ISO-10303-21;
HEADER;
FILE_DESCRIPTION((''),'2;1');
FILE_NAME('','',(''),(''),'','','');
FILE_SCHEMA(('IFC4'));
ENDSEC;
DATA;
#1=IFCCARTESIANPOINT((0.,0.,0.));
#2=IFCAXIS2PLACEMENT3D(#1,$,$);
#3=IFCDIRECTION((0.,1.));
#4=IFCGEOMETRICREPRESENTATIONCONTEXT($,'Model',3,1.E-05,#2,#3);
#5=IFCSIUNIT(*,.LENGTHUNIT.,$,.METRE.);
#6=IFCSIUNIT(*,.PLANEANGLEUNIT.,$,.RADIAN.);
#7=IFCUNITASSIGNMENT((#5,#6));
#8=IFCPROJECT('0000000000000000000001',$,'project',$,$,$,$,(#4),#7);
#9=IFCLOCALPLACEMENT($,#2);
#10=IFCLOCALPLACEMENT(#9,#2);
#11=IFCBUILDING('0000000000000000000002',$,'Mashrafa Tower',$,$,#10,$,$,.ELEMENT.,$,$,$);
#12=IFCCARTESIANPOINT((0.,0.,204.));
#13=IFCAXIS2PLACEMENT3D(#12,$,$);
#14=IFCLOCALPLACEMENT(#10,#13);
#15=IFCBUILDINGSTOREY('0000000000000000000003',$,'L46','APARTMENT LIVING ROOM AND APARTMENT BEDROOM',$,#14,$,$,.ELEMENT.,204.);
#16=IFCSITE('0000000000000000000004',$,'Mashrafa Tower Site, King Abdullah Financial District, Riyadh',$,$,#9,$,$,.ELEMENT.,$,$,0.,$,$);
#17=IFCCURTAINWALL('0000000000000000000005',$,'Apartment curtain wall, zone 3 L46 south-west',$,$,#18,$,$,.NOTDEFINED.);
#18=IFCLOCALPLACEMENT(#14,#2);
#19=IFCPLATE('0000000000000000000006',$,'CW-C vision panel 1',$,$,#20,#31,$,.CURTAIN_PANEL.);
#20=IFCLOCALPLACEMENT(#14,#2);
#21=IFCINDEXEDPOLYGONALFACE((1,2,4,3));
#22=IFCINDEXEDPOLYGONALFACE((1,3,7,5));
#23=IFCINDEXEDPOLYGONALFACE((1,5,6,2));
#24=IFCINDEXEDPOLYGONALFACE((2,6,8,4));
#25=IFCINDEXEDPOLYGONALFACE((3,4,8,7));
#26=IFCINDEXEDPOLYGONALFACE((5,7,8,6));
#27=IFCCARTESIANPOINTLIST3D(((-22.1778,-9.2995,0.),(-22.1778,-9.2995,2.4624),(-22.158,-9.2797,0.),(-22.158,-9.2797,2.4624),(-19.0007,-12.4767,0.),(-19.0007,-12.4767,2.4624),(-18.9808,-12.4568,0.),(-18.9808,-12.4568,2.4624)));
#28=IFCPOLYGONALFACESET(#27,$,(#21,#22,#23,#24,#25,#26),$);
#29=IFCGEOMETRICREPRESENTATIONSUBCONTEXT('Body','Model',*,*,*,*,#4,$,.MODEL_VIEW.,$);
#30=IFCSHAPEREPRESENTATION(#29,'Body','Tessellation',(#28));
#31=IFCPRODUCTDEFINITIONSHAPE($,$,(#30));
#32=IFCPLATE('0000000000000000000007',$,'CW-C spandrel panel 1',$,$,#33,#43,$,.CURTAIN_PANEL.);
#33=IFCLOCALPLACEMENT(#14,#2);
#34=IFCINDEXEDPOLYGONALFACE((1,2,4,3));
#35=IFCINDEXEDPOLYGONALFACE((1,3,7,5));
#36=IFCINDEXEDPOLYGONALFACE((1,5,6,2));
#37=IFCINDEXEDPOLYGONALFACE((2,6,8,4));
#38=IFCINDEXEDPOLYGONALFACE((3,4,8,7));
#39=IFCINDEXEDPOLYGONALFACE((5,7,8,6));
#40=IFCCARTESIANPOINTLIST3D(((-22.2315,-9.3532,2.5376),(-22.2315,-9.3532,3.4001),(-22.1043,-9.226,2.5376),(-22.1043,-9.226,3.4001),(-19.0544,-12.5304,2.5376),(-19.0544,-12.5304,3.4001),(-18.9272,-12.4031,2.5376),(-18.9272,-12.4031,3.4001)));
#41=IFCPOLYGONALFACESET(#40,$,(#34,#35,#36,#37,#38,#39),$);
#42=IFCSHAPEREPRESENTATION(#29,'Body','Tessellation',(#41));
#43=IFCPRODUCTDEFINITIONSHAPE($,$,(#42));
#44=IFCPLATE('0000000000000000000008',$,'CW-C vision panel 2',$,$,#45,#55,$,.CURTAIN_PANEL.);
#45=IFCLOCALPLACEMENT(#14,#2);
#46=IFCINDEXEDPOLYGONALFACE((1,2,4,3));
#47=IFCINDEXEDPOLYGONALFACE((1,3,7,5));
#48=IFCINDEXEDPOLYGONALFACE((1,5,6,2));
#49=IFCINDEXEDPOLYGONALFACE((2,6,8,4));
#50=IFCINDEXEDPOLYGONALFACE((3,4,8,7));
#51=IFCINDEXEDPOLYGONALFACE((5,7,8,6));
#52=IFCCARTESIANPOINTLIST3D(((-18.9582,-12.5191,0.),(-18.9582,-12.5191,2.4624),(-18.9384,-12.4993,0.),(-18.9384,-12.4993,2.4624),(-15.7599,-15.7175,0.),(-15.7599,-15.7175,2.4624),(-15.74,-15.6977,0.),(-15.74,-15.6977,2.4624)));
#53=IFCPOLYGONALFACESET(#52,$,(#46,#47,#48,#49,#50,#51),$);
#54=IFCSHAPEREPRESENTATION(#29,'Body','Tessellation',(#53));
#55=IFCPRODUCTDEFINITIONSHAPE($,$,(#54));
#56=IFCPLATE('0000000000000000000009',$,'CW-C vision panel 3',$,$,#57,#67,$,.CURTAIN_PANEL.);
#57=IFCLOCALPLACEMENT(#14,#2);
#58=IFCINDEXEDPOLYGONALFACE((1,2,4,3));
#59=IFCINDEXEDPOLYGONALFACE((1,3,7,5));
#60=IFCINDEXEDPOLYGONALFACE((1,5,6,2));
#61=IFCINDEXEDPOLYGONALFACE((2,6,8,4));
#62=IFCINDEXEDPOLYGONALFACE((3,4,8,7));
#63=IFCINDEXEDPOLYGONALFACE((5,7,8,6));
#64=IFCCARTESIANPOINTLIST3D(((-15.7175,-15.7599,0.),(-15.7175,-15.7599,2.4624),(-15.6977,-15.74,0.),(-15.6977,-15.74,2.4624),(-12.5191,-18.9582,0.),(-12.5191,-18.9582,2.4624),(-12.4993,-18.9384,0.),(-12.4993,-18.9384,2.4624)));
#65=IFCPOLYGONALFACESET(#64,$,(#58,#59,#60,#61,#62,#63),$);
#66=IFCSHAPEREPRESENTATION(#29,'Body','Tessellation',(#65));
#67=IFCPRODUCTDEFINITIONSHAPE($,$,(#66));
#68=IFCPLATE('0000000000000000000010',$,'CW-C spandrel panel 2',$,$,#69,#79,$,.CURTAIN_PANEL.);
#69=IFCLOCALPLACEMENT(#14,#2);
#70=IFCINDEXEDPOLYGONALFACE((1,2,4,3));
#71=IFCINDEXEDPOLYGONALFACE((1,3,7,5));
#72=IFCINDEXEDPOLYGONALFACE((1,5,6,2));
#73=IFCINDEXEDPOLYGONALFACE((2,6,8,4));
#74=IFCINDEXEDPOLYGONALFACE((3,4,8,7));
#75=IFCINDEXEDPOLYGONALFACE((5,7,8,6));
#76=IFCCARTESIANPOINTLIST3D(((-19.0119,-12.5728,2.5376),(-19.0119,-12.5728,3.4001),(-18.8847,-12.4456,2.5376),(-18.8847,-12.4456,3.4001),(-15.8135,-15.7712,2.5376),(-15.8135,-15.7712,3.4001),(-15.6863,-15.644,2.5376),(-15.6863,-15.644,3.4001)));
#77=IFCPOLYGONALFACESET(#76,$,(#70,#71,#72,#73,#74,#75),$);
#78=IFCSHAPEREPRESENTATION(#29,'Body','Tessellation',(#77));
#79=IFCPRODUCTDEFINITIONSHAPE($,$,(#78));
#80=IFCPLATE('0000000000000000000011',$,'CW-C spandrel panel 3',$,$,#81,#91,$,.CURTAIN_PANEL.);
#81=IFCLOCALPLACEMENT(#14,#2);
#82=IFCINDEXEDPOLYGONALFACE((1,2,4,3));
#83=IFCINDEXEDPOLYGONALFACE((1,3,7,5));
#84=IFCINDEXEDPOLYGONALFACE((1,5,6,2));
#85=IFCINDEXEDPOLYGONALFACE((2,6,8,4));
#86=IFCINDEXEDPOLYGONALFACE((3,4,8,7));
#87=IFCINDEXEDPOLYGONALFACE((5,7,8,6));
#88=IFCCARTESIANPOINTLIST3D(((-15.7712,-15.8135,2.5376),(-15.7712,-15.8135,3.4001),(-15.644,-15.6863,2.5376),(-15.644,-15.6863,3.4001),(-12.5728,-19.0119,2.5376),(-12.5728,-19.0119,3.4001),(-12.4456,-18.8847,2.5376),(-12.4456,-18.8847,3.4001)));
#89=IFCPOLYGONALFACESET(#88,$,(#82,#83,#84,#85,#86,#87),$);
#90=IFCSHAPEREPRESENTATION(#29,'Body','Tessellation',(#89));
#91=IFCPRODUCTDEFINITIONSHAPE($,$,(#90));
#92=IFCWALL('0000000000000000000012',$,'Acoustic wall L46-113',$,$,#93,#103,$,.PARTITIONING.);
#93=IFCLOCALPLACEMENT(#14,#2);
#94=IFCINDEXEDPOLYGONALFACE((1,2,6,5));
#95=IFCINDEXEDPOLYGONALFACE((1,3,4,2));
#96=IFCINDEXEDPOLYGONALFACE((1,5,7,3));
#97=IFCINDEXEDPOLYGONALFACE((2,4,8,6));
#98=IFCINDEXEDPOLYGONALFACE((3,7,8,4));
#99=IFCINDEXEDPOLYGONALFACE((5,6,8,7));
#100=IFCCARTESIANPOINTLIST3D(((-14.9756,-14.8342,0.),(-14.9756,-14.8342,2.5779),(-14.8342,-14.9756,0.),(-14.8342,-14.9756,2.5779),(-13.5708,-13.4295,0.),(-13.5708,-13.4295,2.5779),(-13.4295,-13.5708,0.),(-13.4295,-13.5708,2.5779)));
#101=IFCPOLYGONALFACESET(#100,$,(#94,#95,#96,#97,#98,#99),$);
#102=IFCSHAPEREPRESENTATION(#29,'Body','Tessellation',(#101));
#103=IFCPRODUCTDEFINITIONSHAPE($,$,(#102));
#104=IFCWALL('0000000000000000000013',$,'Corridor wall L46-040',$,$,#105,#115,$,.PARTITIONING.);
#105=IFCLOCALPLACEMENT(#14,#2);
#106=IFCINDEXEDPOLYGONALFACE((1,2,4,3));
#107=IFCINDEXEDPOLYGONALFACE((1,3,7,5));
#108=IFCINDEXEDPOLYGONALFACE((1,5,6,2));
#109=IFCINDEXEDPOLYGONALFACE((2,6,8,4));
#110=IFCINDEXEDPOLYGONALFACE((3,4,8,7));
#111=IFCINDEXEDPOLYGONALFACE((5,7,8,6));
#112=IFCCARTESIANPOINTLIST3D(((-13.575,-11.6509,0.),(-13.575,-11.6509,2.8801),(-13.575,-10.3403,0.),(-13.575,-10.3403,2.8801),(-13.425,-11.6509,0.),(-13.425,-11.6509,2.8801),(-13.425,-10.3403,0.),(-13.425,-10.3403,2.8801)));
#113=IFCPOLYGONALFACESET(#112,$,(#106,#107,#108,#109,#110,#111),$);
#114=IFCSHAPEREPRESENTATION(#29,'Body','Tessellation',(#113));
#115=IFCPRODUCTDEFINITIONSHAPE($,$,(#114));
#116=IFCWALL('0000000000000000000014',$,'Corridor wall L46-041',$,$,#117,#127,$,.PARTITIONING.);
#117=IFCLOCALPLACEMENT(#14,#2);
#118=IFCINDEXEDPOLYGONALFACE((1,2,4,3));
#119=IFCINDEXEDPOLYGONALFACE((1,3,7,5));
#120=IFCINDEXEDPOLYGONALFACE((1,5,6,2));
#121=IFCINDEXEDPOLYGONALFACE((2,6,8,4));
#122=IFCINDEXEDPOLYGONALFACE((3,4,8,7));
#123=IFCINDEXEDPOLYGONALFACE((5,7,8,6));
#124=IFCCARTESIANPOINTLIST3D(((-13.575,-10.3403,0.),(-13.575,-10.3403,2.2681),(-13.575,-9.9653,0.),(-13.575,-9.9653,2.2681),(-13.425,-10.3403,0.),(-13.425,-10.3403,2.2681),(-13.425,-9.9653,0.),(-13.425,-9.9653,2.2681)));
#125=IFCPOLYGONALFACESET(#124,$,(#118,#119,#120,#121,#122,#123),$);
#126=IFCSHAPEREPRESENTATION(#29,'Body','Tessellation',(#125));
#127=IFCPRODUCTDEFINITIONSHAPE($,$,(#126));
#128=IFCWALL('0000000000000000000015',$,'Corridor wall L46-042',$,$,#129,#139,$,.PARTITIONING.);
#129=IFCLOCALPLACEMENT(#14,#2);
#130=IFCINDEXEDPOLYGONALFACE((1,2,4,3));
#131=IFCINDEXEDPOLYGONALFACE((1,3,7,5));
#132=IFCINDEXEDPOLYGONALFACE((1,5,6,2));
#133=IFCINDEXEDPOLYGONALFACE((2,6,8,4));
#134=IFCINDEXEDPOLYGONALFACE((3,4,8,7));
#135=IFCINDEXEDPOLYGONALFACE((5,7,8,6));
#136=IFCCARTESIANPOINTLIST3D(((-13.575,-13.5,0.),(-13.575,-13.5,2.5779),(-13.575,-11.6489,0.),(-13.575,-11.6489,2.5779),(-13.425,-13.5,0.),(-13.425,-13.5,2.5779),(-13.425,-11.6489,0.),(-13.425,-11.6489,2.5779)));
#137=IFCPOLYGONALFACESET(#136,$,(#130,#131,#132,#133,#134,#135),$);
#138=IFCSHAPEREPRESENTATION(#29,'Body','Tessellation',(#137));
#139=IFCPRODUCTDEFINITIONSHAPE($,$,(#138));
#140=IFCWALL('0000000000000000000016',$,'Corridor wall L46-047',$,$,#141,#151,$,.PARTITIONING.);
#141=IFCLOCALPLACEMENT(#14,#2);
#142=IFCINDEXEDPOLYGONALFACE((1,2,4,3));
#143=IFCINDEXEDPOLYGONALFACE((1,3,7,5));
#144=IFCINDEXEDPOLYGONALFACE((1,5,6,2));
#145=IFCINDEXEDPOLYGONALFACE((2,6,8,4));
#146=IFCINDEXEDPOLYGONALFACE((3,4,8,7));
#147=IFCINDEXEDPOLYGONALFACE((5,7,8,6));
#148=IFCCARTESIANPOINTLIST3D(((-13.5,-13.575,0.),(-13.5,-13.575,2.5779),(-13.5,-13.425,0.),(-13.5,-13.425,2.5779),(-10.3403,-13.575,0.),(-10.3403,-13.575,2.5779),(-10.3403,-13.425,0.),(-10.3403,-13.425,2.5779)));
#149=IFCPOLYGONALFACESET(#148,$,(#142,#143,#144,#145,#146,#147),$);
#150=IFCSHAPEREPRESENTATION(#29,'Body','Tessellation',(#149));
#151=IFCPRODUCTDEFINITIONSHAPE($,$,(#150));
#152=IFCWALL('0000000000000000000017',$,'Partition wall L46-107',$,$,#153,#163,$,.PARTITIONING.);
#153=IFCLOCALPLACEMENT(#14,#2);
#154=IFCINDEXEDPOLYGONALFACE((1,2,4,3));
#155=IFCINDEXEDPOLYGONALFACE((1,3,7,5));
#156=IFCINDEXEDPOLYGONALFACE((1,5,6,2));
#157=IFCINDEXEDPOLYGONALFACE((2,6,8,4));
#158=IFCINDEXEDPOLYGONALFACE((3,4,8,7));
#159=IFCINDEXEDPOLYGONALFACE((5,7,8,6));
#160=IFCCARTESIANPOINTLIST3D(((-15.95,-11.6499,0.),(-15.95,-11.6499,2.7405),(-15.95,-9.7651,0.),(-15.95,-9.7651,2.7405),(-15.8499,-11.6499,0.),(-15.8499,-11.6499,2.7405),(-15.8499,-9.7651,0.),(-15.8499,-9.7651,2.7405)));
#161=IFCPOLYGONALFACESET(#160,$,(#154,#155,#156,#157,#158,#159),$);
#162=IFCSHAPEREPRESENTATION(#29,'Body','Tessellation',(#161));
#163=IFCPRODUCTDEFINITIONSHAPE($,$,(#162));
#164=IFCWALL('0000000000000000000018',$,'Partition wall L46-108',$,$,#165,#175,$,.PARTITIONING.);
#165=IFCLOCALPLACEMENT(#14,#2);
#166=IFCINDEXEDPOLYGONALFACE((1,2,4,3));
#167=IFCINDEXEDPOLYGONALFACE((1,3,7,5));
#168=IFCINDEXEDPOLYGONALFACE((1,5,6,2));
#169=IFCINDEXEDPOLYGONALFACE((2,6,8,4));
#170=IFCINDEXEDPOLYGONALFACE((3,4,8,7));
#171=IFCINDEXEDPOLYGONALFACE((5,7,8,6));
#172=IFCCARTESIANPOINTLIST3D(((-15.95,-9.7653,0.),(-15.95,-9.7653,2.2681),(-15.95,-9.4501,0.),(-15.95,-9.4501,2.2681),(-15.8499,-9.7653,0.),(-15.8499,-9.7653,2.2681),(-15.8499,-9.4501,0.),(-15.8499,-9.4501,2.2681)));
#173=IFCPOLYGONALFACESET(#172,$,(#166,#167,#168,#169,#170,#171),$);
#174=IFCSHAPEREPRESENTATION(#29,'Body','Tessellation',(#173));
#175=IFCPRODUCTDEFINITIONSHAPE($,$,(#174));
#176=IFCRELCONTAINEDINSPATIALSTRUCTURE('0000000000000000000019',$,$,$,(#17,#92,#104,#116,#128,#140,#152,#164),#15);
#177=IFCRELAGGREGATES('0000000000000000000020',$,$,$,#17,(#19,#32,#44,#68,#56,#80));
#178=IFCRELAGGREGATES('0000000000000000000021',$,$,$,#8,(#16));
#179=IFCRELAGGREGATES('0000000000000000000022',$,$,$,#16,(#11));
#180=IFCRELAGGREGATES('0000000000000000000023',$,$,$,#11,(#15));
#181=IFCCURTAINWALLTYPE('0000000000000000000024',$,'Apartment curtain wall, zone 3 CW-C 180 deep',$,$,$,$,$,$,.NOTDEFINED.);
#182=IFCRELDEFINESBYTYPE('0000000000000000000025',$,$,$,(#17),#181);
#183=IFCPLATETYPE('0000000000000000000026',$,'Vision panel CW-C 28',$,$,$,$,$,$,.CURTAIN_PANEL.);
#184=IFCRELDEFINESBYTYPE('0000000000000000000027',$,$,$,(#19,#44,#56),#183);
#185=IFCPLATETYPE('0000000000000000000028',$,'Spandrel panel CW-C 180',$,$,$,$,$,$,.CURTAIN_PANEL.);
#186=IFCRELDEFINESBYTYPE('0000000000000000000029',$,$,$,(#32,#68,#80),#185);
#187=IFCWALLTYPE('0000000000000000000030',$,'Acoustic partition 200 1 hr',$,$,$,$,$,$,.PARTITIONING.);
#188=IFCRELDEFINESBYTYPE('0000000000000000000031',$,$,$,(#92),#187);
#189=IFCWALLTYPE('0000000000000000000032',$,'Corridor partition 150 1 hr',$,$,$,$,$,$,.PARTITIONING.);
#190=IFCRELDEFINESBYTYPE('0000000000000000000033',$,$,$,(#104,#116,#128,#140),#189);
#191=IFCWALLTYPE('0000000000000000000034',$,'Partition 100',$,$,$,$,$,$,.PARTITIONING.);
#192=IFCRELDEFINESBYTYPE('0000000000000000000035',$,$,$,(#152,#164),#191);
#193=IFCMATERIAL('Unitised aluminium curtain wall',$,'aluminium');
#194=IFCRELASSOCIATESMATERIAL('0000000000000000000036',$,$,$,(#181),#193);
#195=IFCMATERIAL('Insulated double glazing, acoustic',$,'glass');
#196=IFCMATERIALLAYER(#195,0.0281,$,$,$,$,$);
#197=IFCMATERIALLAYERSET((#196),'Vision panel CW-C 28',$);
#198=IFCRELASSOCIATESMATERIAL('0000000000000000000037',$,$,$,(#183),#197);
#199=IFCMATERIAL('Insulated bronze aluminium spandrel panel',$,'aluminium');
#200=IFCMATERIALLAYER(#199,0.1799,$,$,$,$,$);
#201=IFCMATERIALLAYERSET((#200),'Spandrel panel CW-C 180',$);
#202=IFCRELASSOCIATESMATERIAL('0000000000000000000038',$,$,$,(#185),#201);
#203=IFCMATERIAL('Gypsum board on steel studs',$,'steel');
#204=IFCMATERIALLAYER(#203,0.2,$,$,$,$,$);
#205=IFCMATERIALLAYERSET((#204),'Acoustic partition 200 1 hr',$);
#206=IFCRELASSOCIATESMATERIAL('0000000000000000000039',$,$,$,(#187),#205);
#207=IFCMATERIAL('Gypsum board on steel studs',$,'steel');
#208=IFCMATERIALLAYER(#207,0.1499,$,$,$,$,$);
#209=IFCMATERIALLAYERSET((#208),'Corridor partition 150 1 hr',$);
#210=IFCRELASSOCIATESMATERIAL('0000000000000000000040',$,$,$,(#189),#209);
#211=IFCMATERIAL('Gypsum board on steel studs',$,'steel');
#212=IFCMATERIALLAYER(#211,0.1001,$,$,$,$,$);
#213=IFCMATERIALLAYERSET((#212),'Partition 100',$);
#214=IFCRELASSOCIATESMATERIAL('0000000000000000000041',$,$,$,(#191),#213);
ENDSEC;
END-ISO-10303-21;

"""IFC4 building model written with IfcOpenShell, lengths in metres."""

from ifc_helpers import new_model, si_unit, direction, frame, frame_2d, origin, origin_2d, place, context, subcontext, project, spatial, rectangle, extrude, source, transform, mapped, material, layer, layer_set, type_object, type_shapes, element, aggregate, save


model = new_model("IFC4")

# Units and contexts
model_context = context("Model", 3, precision=1e-05, world=origin(), true_north=direction((0.0, 1.0)))
body_context = subcontext(model_context, "Body", "Model", "MODEL_VIEW")
ifc_project = project(units=[si_unit("LENGTHUNIT", "METRE"), si_unit("PLANEANGLEUNIT", "RADIAN")], contexts=[model_context])

# Site, building, storey
site_placement = place(None, origin())
site = spatial("IfcSite", under=ifc_project, at=site_placement, Name="Mashrafa Tower Site, King Abdullah Financial District, Riyadh", CompositionType="ELEMENT", RefElevation=0.0)
building_placement = place(site_placement, origin())
building = spatial("IfcBuilding", under=site, at=building_placement, Name="Mashrafa Tower", CompositionType="ELEMENT")
storey_placement = place(building_placement, frame((0.0, 0.0, 204.0)))
storey = spatial("IfcBuildingStorey", under=building, at=storey_placement, Name="L46", Description="APARTMENT LIVING ROOM AND APARTMENT BEDROOM", CompositionType="ELEMENT", Elevation=204.0)

# Curtain wall, plates
ifc_material_1 = material(Name="Unitised aluminium curtain wall", Category="aluminium")
curtain_wall_type = type_object("IfcCurtainWallType", Name="Apartment curtain wall, zone 3 CW-C 180 deep", PredefinedType="NOTDEFINED", material=ifc_material_1)
curtain_wall_placement = place(storey_placement, origin())
curtain_wall = element("IfcCurtainWall", 1, at=curtain_wall_placement, inside=storey, type_object=curtain_wall_type, Name="Apartment curtain wall, zone 3 L46 south-west", PredefinedType="NOTDEFINED")
ifc_material_2 = material(Name="Insulated double glazing, acoustic", Category="glass")
ifc_layer_1 = layer(ifc_material_2, 0.0281)
ifc_layer_set_1 = layer_set([ifc_layer_1], Name="Vision panel CW-C 28")
plate_type_1 = type_object("IfcPlateType", Name="Vision panel CW-C 28", PredefinedType="CURTAIN_PANEL", material=ifc_layer_set_1)
shared_shape_1 = source(origin(), body_context, "Body", "SweptSolid", [
    extrude(rectangle(XDim=4.4932, YDim=0.0281, at=origin_2d()), origin(), (0.0, 0.0, 1.0), 2.4624),
])
plate_1_placement = place(storey_placement, frame((-20.5793, -10.8782, 0.0), z_axis=(0.0, 0.0, 1.0), x_axis=(0.707107, -0.707107, 0.0)))
plate_1 = element("IfcPlate", 2, at=plate_1_placement, type_object=plate_type_1, Name="CW-C vision panel 1", PredefinedType="CURTAIN_PANEL", context=body_context, shape_type="MappedRepresentation", body=[
    mapped(shared_shape_1, transform((0.0, 0.0, 0.0))),
])
ifc_material_3 = material(Name="Insulated bronze aluminium spandrel panel", Category="aluminium")
ifc_layer_2 = layer(ifc_material_3, 0.1799)
ifc_layer_set_2 = layer_set([ifc_layer_2], Name="Spandrel panel CW-C 180")
plate_type_2 = type_object("IfcPlateType", Name="Spandrel panel CW-C 180", PredefinedType="CURTAIN_PANEL", material=ifc_layer_set_2)
shared_shape_2 = source(origin(), body_context, "Body", "SweptSolid", [
    extrude(rectangle(XDim=4.4932, YDim=0.1799, at=origin_2d()), origin(), (0.0, 0.0, 1.0), 0.8625),
])
plate_2_placement = place(storey_placement, frame((-20.5793, -10.8782, 2.5376), z_axis=(0.0, 0.0, 1.0), x_axis=(0.707107, -0.707107, 0.0)))
plate_2 = element("IfcPlate", 3, at=plate_2_placement, type_object=plate_type_2, Name="CW-C spandrel panel 1", PredefinedType="CURTAIN_PANEL", context=body_context, shape_type="MappedRepresentation", body=[
    mapped(shared_shape_2, transform((0.0, 0.0, 0.0))),
])
shared_shape_3 = source(origin(), body_context, "Body", "SweptSolid", [
    extrude(rectangle(XDim=4.5232, YDim=0.0281, at=origin_2d()), origin(), (0.0, 0.0, 1.0), 2.4624),
])
type_shapes(plate_type_1, [shared_shape_1, shared_shape_3])
plate_3_placement = place(storey_placement, frame((-17.3491, -14.1084, 0.0), z_axis=(0.0, 0.0, 1.0), x_axis=(0.707107, -0.707107, 0.0)))
plate_3 = element("IfcPlate", 4, at=plate_3_placement, type_object=plate_type_1, Name="CW-C vision panel 2", PredefinedType="CURTAIN_PANEL", context=body_context, shape_type="MappedRepresentation", body=[
    mapped(shared_shape_3, transform((0.0, 0.0, 0.0))),
])
plate_4_placement = place(storey_placement, frame((-14.1084, -17.3491, 0.0), z_axis=(0.0, 0.0, 1.0), x_axis=(0.707107, -0.707107, 0.0)))
plate_4 = element("IfcPlate", 5, at=plate_4_placement, type_object=plate_type_1, Name="CW-C vision panel 3", PredefinedType="CURTAIN_PANEL", context=body_context, shape_type="MappedRepresentation", body=[
    mapped(shared_shape_3, transform((0.0, 0.0, 0.0))),
])
shared_shape_4 = source(origin(), body_context, "Body", "SweptSolid", [
    extrude(rectangle(XDim=4.5232, YDim=0.1799, at=origin_2d()), origin(), (0.0, 0.0, 1.0), 0.8625),
])
type_shapes(plate_type_2, [shared_shape_2, shared_shape_4])
plate_5_placement = place(storey_placement, frame((-17.3491, -14.1084, 2.5376), z_axis=(0.0, 0.0, 1.0), x_axis=(0.707107, -0.707107, 0.0)))
plate_5 = element("IfcPlate", 6, at=plate_5_placement, type_object=plate_type_2, Name="CW-C spandrel panel 2", PredefinedType="CURTAIN_PANEL", context=body_context, shape_type="MappedRepresentation", body=[
    mapped(shared_shape_4, transform((0.0, 0.0, 0.0))),
])
plate_6_placement = place(storey_placement, frame((-14.1084, -17.3491, 2.5376), z_axis=(0.0, 0.0, 1.0), x_axis=(0.707107, -0.707107, 0.0)))
plate_6 = element("IfcPlate", 7, at=plate_6_placement, type_object=plate_type_2, Name="CW-C spandrel panel 3", PredefinedType="CURTAIN_PANEL", context=body_context, shape_type="MappedRepresentation", body=[
    mapped(shared_shape_4, transform((0.0, 0.0, 0.0))),
])
aggregate(curtain_wall, [plate_1, plate_2, plate_3, plate_5, plate_4, plate_6])

# Walls
ifc_material_4 = material(Name="Gypsum board on steel studs", Category="steel")
ifc_layer_3 = layer(ifc_material_4, 0.2)
ifc_layer_set_3 = layer_set([ifc_layer_3], Name="Acoustic partition 200 1 hr")
wall_type_1 = type_object("IfcWallType", Name="Acoustic partition 200 1 hr", PredefinedType="PARTITIONING", material=ifc_layer_set_3)
wall_1_placement = place(storey_placement, frame((-14.9048, -14.9048, 0.0), z_axis=(0.0, 0.0, 1.0), x_axis=(0.707107, 0.707107, 0.0)))
element("IfcWall", 8, at=wall_1_placement, inside=storey, type_object=wall_type_1, Name="Acoustic wall L46-113", PredefinedType="PARTITIONING", context=body_context, shape_type="SweptSolid", body=[
    extrude(rectangle(XDim=1.9866, YDim=0.2, at=frame_2d((0.9932, 0.0))), origin(), (0.0, 0.0, 1.0), 2.5779),
])
ifc_material_5 = material(Name="Gypsum board on steel studs", Category="steel")
ifc_layer_4 = layer(ifc_material_5, 0.1499)
ifc_layer_set_4 = layer_set([ifc_layer_4], Name="Corridor partition 150 1 hr")
wall_type_2 = type_object("IfcWallType", Name="Corridor partition 150 1 hr", PredefinedType="PARTITIONING", material=ifc_layer_set_4)
wall_2_placement = place(storey_placement, frame((-13.5, -10.3403, 0.0), z_axis=(0.0, 0.0, 1.0), x_axis=(0.0, -1.0, 0.0)))
element("IfcWall", 9, at=wall_2_placement, inside=storey, type_object=wall_type_2, Name="Corridor wall L46-040", PredefinedType="PARTITIONING", context=body_context, shape_type="SweptSolid", body=[
    extrude(rectangle(XDim=1.3105, YDim=0.1499, at=frame_2d((0.6553, 0.0))), origin(), (0.0, 0.0, 1.0), 2.8801),
])
wall_3_placement = place(storey_placement, frame((-13.5, -9.9653, 0.0), z_axis=(0.0, 0.0, 1.0), x_axis=(0.0, -1.0, 0.0)))
element("IfcWall", 10, at=wall_3_placement, inside=storey, type_object=wall_type_2, Name="Corridor wall L46-041", PredefinedType="PARTITIONING", context=body_context, shape_type="SweptSolid", body=[
    extrude(rectangle(XDim=0.375, YDim=0.1499, at=frame_2d((0.1875, 0.0))), origin(), (0.0, 0.0, 1.0), 2.2681),
])
wall_4_placement = place(storey_placement, frame((-13.5, -11.6489, 0.0), z_axis=(0.0, 0.0, 1.0), x_axis=(0.0, -1.0, 0.0)))
element("IfcWall", 11, at=wall_4_placement, inside=storey, type_object=wall_type_2, Name="Corridor wall L46-042", PredefinedType="PARTITIONING", context=body_context, shape_type="SweptSolid", body=[
    extrude(rectangle(XDim=1.8511, YDim=0.1499, at=frame_2d((0.9255, 0.0))), origin(), (0.0, 0.0, 1.0), 2.5779),
])
wall_5_placement = place(storey_placement, frame((-13.5, -13.5, 0.0), z_axis=(0.0, 0.0, 1.0), x_axis=(1.0, 0.0, 0.0)))
element("IfcWall", 12, at=wall_5_placement, inside=storey, type_object=wall_type_2, Name="Corridor wall L46-047", PredefinedType="PARTITIONING", context=body_context, shape_type="SweptSolid", body=[
    extrude(rectangle(XDim=3.1597, YDim=0.1499, at=frame_2d((1.5798, 0.0))), origin(), (0.0, 0.0, 1.0), 2.5779),
])
ifc_material_6 = material(Name="Gypsum board on steel studs", Category="steel")
ifc_layer_5 = layer(ifc_material_6, 0.1001)
ifc_layer_set_5 = layer_set([ifc_layer_5], Name="Partition 100")
wall_type_3 = type_object("IfcWallType", Name="Partition 100", PredefinedType="PARTITIONING", material=ifc_layer_set_5)
wall_6_placement = place(storey_placement, frame((-15.8999, -9.7651, 0.0), z_axis=(0.0, 0.0, 1.0), x_axis=(0.0, -1.0, 0.0)))
element("IfcWall", 13, at=wall_6_placement, inside=storey, type_object=wall_type_3, Name="Partition wall L46-107", PredefinedType="PARTITIONING", context=body_context, shape_type="SweptSolid", body=[
    extrude(rectangle(XDim=1.8848, YDim=0.1001, at=frame_2d((0.9424, 0.0))), origin(), (0.0, 0.0, 1.0), 2.7405),
])
wall_7_placement = place(storey_placement, frame((-15.8999, -9.45, 0.0), z_axis=(0.0, 0.0, 1.0), x_axis=(0.0, -1.0, 0.0)))
element("IfcWall", 14, at=wall_7_placement, inside=storey, type_object=wall_type_3, Name="Partition wall L46-108", PredefinedType="PARTITIONING", context=body_context, shape_type="SweptSolid", body=[
    extrude(rectangle(XDim=0.3152, YDim=0.1001, at=frame_2d((0.1577, 0.0))), origin(), (0.0, 0.0, 1.0), 2.2681),
])

save(model, "model.ifc")
